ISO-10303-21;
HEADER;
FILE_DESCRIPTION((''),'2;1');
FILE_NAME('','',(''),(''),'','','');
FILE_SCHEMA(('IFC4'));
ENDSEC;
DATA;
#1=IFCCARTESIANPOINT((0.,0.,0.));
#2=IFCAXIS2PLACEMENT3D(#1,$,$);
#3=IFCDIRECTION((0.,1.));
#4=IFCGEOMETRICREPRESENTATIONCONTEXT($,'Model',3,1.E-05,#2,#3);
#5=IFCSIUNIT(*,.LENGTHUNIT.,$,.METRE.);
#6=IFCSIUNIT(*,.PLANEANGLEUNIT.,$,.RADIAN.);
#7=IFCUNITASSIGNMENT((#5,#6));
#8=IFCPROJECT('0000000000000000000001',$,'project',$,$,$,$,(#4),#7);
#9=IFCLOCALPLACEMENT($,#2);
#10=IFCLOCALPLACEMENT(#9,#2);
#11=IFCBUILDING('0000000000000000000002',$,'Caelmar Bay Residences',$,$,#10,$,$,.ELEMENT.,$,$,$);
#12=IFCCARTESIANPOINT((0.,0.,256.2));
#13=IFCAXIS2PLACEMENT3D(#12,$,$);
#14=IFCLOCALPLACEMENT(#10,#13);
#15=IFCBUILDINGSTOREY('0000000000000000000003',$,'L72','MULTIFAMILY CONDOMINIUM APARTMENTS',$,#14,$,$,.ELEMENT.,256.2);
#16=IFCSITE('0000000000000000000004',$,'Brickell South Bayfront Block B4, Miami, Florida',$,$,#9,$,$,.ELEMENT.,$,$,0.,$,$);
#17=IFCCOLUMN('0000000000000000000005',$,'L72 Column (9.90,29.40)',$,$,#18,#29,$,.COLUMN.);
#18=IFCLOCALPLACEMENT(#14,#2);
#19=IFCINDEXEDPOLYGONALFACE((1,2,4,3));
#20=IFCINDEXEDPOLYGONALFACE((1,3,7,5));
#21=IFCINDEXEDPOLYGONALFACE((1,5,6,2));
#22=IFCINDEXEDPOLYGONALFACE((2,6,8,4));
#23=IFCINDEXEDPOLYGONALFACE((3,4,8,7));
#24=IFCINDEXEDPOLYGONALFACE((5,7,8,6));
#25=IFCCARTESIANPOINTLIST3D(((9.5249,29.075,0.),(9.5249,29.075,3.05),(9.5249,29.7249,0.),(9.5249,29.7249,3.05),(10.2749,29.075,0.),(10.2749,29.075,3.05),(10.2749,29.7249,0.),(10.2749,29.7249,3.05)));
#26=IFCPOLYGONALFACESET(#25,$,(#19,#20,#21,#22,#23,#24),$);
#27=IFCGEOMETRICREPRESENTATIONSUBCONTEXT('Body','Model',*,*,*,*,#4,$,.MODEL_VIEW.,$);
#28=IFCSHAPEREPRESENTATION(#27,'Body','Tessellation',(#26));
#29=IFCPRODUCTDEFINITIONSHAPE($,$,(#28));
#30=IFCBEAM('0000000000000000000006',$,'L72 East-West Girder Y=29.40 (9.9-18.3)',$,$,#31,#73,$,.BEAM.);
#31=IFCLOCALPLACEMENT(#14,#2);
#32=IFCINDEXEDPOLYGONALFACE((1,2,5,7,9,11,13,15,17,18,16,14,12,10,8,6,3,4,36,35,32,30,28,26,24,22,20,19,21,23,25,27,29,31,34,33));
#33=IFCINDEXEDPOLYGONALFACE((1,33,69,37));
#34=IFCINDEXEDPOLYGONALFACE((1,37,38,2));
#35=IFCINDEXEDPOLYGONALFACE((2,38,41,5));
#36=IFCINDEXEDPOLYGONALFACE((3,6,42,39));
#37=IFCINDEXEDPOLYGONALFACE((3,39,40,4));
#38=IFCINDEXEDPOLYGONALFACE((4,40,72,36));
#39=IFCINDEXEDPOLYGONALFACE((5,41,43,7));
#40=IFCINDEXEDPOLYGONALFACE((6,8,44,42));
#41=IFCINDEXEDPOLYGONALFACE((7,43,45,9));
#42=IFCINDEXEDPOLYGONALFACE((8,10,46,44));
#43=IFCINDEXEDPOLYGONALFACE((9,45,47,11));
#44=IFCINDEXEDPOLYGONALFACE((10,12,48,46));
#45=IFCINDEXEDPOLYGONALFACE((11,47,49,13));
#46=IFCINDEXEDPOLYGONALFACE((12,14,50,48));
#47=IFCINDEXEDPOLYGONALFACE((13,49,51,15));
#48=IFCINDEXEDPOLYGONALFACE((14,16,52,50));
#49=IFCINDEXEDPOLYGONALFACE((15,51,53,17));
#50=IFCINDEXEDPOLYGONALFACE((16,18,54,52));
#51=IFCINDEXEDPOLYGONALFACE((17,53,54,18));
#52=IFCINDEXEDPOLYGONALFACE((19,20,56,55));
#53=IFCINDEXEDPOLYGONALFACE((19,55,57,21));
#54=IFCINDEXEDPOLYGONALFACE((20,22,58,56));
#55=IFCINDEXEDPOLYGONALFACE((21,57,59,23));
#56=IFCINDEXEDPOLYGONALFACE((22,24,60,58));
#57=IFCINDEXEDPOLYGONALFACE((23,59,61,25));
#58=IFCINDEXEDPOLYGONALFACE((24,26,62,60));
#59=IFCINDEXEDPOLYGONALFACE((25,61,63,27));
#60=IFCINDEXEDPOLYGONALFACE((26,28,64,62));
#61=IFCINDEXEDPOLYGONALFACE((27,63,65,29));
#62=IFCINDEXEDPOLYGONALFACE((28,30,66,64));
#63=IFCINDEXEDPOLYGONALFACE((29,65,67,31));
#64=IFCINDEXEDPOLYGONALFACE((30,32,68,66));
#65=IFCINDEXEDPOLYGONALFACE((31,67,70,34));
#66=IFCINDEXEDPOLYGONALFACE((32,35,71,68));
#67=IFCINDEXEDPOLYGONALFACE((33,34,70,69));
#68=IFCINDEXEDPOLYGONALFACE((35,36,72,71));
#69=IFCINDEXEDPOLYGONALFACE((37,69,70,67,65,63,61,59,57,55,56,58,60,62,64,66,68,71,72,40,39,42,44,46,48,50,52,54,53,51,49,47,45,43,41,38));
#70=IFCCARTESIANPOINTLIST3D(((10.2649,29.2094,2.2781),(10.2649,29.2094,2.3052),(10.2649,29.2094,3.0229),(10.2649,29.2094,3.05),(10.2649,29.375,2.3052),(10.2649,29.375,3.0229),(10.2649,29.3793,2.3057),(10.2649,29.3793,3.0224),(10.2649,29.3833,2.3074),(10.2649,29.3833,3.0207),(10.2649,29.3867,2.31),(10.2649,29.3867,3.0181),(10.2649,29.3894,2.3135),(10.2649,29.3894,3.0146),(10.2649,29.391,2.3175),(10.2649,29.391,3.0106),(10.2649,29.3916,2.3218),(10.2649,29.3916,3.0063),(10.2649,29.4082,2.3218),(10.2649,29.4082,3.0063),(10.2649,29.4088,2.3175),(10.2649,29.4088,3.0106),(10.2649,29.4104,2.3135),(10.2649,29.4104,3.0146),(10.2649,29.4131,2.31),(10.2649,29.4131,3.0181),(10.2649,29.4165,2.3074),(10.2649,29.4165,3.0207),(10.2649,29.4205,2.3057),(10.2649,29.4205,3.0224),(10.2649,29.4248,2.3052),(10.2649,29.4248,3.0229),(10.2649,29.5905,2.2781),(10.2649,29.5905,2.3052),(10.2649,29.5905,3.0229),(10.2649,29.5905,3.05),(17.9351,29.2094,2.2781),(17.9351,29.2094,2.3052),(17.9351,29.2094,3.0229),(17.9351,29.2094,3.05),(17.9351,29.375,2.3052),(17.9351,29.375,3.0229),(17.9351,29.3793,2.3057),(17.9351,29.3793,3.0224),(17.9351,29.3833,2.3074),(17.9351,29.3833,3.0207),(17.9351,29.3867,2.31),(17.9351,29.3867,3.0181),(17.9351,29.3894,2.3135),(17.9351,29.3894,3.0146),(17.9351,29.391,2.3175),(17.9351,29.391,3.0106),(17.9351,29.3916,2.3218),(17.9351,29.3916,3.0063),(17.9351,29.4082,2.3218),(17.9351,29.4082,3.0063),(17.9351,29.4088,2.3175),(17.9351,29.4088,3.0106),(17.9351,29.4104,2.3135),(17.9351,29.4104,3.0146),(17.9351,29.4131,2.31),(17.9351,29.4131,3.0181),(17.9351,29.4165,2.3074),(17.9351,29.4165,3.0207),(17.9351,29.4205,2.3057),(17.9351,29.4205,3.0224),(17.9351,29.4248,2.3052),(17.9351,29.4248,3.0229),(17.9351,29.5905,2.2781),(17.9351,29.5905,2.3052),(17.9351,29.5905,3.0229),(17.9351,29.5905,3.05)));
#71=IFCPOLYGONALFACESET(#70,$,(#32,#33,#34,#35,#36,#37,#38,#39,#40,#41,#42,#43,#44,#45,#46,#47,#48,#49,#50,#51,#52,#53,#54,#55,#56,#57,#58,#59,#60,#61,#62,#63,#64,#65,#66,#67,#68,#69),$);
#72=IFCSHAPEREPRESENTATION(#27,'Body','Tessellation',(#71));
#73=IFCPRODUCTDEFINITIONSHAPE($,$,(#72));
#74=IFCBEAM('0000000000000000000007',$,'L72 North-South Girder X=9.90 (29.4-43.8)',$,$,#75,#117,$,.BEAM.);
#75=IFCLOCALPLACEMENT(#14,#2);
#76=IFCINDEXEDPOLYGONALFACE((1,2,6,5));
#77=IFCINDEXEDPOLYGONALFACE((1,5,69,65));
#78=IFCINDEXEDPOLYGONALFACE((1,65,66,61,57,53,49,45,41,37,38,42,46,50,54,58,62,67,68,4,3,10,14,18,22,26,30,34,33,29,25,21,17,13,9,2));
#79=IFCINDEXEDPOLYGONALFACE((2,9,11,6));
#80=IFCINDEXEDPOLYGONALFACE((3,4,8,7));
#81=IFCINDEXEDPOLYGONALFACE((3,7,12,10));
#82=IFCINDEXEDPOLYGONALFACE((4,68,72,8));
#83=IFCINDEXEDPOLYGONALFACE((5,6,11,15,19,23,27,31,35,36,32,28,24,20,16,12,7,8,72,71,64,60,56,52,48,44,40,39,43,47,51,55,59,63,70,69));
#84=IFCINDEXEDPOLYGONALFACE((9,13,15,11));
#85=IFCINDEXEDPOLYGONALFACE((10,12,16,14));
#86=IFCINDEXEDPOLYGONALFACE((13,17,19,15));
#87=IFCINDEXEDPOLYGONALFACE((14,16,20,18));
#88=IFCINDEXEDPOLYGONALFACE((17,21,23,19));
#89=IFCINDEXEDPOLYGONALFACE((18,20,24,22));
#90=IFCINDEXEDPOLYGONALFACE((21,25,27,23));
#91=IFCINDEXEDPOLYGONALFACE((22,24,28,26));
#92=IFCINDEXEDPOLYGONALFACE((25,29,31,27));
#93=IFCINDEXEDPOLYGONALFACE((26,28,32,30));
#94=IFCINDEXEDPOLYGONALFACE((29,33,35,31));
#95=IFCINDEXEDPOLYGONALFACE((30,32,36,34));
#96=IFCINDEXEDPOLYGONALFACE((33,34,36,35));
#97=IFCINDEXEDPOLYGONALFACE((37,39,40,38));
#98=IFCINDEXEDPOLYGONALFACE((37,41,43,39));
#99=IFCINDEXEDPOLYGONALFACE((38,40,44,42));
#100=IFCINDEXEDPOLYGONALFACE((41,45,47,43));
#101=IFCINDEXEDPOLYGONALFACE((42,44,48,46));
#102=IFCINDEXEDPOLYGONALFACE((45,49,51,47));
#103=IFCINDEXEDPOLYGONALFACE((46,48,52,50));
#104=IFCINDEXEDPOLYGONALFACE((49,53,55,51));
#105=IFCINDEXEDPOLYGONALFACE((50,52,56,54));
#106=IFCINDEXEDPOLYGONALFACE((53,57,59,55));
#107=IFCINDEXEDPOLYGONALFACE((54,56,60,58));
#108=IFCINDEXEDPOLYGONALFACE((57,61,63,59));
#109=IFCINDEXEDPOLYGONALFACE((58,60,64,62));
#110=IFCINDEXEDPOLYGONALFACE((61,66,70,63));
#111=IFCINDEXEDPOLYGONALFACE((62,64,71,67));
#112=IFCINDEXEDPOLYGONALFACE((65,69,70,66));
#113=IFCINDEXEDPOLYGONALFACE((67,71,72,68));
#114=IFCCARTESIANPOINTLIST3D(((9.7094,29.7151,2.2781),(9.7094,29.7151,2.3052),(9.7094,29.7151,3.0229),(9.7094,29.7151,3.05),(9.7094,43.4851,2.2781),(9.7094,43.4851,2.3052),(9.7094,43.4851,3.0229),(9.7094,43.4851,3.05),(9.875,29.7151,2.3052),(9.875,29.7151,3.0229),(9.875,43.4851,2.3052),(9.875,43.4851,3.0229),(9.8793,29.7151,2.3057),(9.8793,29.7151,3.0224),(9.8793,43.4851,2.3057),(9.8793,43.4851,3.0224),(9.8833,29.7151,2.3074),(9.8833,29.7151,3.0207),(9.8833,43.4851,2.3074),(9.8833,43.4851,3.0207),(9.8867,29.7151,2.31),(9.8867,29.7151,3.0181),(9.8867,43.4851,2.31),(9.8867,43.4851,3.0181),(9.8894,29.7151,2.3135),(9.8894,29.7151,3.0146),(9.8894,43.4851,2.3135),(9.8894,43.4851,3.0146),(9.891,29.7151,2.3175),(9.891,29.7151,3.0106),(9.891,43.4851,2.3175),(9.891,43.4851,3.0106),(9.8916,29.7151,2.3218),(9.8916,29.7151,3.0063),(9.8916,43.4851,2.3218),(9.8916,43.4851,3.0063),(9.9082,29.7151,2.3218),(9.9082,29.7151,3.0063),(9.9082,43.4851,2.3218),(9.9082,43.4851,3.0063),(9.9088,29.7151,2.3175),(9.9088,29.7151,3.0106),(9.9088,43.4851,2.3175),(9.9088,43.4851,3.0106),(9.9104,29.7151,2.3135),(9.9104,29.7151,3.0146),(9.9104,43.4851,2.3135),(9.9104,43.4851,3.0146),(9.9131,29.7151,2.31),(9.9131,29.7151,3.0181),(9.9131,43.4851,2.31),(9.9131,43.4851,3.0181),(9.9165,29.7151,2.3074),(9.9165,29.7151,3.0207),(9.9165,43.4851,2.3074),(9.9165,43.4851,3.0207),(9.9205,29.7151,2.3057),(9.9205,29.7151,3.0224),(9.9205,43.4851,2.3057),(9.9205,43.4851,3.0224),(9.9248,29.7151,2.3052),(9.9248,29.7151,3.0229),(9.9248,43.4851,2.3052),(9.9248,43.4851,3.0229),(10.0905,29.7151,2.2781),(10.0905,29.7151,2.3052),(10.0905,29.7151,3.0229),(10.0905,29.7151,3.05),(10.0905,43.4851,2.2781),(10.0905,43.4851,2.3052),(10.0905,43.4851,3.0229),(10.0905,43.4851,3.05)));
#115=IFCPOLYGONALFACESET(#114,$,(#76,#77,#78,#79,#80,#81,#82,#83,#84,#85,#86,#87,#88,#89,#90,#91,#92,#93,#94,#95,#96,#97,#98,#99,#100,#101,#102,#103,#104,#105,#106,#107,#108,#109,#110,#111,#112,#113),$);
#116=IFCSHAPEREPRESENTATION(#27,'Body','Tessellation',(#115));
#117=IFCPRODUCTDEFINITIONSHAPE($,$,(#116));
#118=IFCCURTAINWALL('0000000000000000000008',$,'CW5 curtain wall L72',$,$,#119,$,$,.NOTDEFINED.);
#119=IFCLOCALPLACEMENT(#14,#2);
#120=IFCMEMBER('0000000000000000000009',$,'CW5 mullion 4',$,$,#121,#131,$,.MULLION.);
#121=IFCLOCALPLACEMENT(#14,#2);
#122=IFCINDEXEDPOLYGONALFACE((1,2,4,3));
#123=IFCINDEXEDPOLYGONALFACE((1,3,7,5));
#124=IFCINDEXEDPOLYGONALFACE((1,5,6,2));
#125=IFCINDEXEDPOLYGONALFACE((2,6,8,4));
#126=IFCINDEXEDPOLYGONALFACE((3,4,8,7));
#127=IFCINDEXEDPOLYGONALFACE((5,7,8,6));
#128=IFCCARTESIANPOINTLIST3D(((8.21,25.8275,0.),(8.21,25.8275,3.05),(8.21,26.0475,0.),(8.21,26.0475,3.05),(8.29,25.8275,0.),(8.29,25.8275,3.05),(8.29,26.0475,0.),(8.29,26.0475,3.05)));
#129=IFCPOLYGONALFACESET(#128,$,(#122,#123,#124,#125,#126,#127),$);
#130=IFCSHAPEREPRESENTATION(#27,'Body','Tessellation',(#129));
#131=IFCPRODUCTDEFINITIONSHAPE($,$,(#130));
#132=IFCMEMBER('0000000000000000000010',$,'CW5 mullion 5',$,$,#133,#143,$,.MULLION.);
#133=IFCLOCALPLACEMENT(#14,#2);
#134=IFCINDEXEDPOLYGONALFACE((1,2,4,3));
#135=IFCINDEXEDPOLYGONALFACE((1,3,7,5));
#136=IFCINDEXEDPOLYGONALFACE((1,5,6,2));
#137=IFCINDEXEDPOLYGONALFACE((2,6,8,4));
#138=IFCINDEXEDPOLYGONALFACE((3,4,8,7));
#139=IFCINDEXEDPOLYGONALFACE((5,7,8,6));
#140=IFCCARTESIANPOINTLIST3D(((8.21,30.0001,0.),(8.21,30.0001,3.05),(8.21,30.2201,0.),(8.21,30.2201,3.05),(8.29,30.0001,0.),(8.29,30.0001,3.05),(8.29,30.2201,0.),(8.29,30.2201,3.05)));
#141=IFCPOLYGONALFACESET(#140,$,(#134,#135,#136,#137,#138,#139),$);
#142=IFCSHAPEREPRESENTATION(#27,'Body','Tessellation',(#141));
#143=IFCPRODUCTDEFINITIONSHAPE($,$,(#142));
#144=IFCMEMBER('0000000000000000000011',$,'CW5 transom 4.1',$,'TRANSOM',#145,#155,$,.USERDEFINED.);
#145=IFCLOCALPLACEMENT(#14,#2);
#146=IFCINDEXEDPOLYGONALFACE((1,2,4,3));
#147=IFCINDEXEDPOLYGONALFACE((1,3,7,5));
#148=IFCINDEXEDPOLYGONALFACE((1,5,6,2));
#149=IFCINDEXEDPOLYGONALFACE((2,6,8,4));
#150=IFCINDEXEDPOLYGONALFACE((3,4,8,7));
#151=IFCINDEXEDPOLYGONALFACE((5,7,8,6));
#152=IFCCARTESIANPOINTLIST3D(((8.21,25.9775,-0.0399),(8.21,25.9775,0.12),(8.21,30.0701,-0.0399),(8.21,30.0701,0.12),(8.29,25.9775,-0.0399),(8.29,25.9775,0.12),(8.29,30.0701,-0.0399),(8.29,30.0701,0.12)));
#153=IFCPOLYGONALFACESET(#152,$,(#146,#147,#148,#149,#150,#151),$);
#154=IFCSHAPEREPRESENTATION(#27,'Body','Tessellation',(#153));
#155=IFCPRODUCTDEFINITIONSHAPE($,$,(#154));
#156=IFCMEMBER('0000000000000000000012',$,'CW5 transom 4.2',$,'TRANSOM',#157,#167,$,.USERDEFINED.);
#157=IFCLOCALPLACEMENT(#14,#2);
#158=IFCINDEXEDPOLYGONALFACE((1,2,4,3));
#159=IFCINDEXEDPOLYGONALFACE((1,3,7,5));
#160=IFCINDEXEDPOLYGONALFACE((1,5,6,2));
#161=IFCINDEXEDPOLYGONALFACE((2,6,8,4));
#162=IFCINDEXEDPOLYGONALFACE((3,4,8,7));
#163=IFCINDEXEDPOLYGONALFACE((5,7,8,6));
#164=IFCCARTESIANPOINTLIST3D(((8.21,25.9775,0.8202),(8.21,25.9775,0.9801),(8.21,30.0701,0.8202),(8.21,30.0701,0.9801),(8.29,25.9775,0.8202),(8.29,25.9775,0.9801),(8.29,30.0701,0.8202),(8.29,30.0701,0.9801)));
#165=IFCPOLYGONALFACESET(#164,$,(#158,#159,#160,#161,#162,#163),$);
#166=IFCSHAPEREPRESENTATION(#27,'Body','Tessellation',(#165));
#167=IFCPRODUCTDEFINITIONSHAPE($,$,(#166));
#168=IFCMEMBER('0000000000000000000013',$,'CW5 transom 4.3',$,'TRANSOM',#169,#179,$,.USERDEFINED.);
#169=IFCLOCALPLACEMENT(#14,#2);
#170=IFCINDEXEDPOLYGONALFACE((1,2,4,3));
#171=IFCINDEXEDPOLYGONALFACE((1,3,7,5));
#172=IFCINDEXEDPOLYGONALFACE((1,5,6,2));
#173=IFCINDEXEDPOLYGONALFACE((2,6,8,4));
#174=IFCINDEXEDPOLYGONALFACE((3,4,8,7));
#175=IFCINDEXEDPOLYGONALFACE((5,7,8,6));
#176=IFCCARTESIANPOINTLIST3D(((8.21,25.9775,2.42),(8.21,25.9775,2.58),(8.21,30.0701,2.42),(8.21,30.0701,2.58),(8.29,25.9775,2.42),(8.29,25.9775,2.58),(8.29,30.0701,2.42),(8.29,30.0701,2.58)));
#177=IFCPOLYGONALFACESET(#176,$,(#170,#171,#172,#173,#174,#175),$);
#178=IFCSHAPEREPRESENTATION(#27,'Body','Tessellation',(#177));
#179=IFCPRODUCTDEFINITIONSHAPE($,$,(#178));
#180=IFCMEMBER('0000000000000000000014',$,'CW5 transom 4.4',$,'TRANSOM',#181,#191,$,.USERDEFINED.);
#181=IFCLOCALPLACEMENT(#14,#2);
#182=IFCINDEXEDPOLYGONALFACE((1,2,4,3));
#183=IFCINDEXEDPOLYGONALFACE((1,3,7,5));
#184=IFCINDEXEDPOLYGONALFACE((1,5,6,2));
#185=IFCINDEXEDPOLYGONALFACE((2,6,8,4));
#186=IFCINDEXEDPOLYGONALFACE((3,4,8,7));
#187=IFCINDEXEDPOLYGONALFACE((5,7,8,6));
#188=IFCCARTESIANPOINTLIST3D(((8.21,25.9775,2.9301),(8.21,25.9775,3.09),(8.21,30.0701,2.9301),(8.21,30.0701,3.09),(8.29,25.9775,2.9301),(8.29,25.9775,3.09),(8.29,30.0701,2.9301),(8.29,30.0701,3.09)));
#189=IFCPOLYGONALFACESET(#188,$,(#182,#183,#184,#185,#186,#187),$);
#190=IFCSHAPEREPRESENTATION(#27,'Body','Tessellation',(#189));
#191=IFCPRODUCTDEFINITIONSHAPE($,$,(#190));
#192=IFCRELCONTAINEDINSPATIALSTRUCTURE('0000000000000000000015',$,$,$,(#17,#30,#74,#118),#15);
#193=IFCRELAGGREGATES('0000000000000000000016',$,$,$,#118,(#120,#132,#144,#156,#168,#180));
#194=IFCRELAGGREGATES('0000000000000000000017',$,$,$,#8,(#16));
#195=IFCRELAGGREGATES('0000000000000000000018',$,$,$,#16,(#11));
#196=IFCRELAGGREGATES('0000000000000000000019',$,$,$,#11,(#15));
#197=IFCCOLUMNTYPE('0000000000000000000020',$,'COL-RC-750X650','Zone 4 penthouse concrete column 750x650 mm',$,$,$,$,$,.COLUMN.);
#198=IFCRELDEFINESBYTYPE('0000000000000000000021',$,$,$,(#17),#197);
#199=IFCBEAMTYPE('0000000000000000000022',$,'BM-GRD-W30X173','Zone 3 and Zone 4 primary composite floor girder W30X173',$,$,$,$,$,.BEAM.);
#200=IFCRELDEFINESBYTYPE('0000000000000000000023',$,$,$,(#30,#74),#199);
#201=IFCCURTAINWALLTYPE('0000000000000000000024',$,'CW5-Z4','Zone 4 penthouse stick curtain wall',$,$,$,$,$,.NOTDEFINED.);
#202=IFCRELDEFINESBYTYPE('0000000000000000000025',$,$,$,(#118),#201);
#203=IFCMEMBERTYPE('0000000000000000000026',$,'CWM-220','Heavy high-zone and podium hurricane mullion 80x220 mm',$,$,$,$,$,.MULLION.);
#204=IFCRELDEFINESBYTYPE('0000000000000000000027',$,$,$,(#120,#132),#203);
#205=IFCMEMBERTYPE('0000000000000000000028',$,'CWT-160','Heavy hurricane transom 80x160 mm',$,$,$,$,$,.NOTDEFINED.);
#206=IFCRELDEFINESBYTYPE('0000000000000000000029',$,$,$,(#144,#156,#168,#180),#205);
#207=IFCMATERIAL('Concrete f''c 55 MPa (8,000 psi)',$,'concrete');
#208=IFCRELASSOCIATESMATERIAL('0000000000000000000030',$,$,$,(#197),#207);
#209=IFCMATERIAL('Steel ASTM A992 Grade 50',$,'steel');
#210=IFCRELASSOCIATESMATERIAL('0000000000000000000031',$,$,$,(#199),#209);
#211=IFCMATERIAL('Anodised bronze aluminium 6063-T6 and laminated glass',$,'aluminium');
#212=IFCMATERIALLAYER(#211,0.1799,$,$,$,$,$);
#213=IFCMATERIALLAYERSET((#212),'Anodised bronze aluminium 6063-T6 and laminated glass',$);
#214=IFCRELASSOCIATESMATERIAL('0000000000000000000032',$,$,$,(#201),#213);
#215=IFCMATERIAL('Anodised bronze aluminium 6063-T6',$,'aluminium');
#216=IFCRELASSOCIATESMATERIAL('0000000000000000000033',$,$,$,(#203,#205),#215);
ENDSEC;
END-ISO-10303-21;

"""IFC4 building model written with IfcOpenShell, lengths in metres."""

from ifc_helpers import new_model, si_unit, direction, frame, origin, origin_2d, place, context, subcontext, project, spatial, rectangle, i_section, extrude, material, layer, layer_set, material_profile, profile_set, type_object, element, aggregate, save


model = new_model("IFC4")

# Units and contexts
model_context = context("Model", 3, precision=1e-05, world=origin(), true_north=direction((0.0, 1.0)))
body_context = subcontext(model_context, "Body", "Model", "MODEL_VIEW")
ifc_project = project(units=[si_unit("LENGTHUNIT", "METRE"), si_unit("PLANEANGLEUNIT", "RADIAN")], contexts=[model_context])

# Site, building, storey
site_placement = place(None, origin())
site = spatial("IfcSite", under=ifc_project, at=site_placement, Name="Brickell South Bayfront Block B4, Miami, Florida", CompositionType="ELEMENT", RefElevation=0.0)
building_placement = place(site_placement, origin())
building = spatial("IfcBuilding", under=site, at=building_placement, Name="Caelmar Bay Residences", CompositionType="ELEMENT")
storey_placement = place(building_placement, frame((0.0, 0.0, 256.2)))
storey = spatial("IfcBuildingStorey", under=building, at=storey_placement, Name="L72", Description="MULTIFAMILY CONDOMINIUM APARTMENTS", CompositionType="ELEMENT", Elevation=256.2)

# Column
ifc_material_1 = material(Name="Concrete f'c 55 MPa (8,000 psi)", Category="concrete")
ifc_material_profile_1 = material_profile(ifc_material_1, rectangle(XDim=0.75, YDim=0.6499, at=origin_2d()), Name="RC-COL-750X650")
ifc_profile_set_1 = profile_set([ifc_material_profile_1], Name="Concrete f'c 55 MPa (8,000 psi)")
column_type = type_object("IfcColumnType", Name="COL-RC-750X650", Description="Zone 4 penthouse concrete column 750x650 mm", PredefinedType="COLUMN", material=ifc_profile_set_1)
column_placement = place(storey_placement, frame((9.8999, 29.3999, 0.0), z_axis=(0.0, 0.0, 1.0), x_axis=(1.0, 0.0, 0.0)))
element("IfcColumn", 1, at=column_placement, inside=storey, type_object=column_type, Name="L72 Column (9.90,29.40)", PredefinedType="COLUMN", context=body_context, shape_type="SweptSolid", body=[
    extrude(rectangle(XDim=0.75, YDim=0.6499, at=origin_2d()), origin(), (0.0, 0.0, 1.0), 3.05),
])

# Beams
ifc_material_2 = material(Name="Steel ASTM A992 Grade 50", Category="steel")
ifc_material_profile_2 = material_profile(ifc_material_2, i_section(OverallWidth=0.3811, OverallDepth=0.772, WebThickness=0.0166, FlangeThickness=0.0271, FilletRadius=0.0166, at=origin_2d()), Name="W30X173")
ifc_profile_set_2 = profile_set([ifc_material_profile_2], Name="Steel ASTM A992 Grade 50")
beam_type = type_object("IfcBeamType", Name="BM-GRD-W30X173", Description="Zone 3 and Zone 4 primary composite floor girder W30X173", PredefinedType="BEAM", material=ifc_profile_set_2)
beam_1_placement = place(storey_placement, frame((10.2649, 29.3999, 2.6641), z_axis=(1.0, 0.0, 0.0), x_axis=(0.0, 1.0, 0.0)))
element("IfcBeam", 2, at=beam_1_placement, inside=storey, type_object=beam_type, Name="L72 East-West Girder Y=29.40 (9.9-18.3)", PredefinedType="BEAM", context=body_context, shape_type="SweptSolid", body=[
    extrude(i_section(OverallWidth=0.3811, OverallDepth=0.772, WebThickness=0.0166, FlangeThickness=0.0271, FilletRadius=0.0166, at=origin_2d()), origin(), (0.0, 0.0, 1.0), 7.6702),
])
beam_2_placement = place(storey_placement, frame((9.8999, 29.7151, 2.6641), z_axis=(0.0, 1.0, 0.0), x_axis=(-1.0, 0.0, 0.0)))
element("IfcBeam", 3, at=beam_2_placement, inside=storey, type_object=beam_type, Name="L72 North-South Girder X=9.90 (29.4-43.8)", PredefinedType="BEAM", context=body_context, shape_type="SweptSolid", body=[
    extrude(i_section(OverallWidth=0.3811, OverallDepth=0.772, WebThickness=0.0166, FlangeThickness=0.0271, FilletRadius=0.0166, at=origin_2d()), origin(), (0.0, 0.0, 1.0), 13.77),
])

# Curtain wall, members
ifc_material_3 = material(Name="Anodised bronze aluminium 6063-T6 and laminated glass", Category="aluminium")
ifc_layer_1 = layer(ifc_material_3, 0.1799)
ifc_layer_set_1 = layer_set([ifc_layer_1], Name="Anodised bronze aluminium 6063-T6 and laminated glass")
curtain_wall_type = type_object("IfcCurtainWallType", Name="CW5-Z4", Description="Zone 4 penthouse stick curtain wall", PredefinedType="NOTDEFINED", material=ifc_layer_set_1)
curtain_wall_placement = place(storey_placement, origin())
curtain_wall = element("IfcCurtainWall", 4, at=curtain_wall_placement, inside=storey, type_object=curtain_wall_type, Name="CW5 curtain wall L72", PredefinedType="NOTDEFINED")
ifc_material_4 = material(Name="Anodised bronze aluminium 6063-T6", Category="aluminium")
ifc_material_profile_3 = material_profile(ifc_material_4, rectangle(XDim=0.0801, YDim=0.22, at=origin_2d()), Name="CWM-80X220")
ifc_profile_set_3 = profile_set([ifc_material_profile_3], Name="Anodised bronze aluminium 6063-T6")
member_type_1 = type_object("IfcMemberType", Name="CWM-220", Description="Heavy high-zone and podium hurricane mullion 80x220 mm", PredefinedType="MULLION", material=ifc_profile_set_3)
member_1_placement = place(storey_placement, frame((8.25, 25.9375, 0.0), z_axis=(0.0, 0.0, 1.0), x_axis=(-1.0, 0.0, 0.0)))
member_1 = element("IfcMember", 5, at=member_1_placement, type_object=member_type_1, Name="CW5 mullion 4", PredefinedType="MULLION", context=body_context, shape_type="SweptSolid", body=[
    extrude(rectangle(XDim=0.0801, YDim=0.22, at=origin_2d()), origin(), (0.0, 0.0, 1.0), 3.05),
])
member_2_placement = place(storey_placement, frame((8.25, 30.1101, 0.0), z_axis=(0.0, 0.0, 1.0), x_axis=(-1.0, 0.0, 0.0)))
member_2 = element("IfcMember", 6, at=member_2_placement, type_object=member_type_1, Name="CW5 mullion 5", PredefinedType="MULLION", context=body_context, shape_type="SweptSolid", body=[
    extrude(rectangle(XDim=0.0801, YDim=0.22, at=origin_2d()), origin(), (0.0, 0.0, 1.0), 3.05),
])
ifc_material_profile_4 = material_profile(ifc_material_4, rectangle(XDim=0.0801, YDim=0.1599, at=origin_2d()), Name="CWT-80X160")
ifc_profile_set_4 = profile_set([ifc_material_profile_4], Name="Anodised bronze aluminium 6063-T6")
member_type_2 = type_object("IfcMemberType", Name="CWT-160", Description="Heavy hurricane transom 80x160 mm", PredefinedType="NOTDEFINED", material=ifc_profile_set_4)
member_3_placement = place(storey_placement, frame((8.25, 25.9775, 0.04), z_axis=(0.0, 1.0, 0.0), x_axis=(-1.0, 0.0, 0.0)))
member_3 = element("IfcMember", 7, at=member_3_placement, type_object=member_type_2, Name="CW5 transom 4.1", ObjectType="TRANSOM", PredefinedType="USERDEFINED", context=body_context, shape_type="SweptSolid", body=[
    extrude(rectangle(XDim=0.0801, YDim=0.1599, at=origin_2d()), origin(), (0.0, 0.0, 1.0), 4.0925),
])
member_4_placement = place(storey_placement, frame((8.25, 25.9775, 0.9001), z_axis=(0.0, 1.0, 0.0), x_axis=(-1.0, 0.0, 0.0)))
member_4 = element("IfcMember", 8, at=member_4_placement, type_object=member_type_2, Name="CW5 transom 4.2", ObjectType="TRANSOM", PredefinedType="USERDEFINED", context=body_context, shape_type="SweptSolid", body=[
    extrude(rectangle(XDim=0.0801, YDim=0.1599, at=origin_2d()), origin(), (0.0, 0.0, 1.0), 4.0925),
])
member_5_placement = place(storey_placement, frame((8.25, 25.9775, 2.5), z_axis=(0.0, 1.0, 0.0), x_axis=(-1.0, 0.0, 0.0)))
member_5 = element("IfcMember", 9, at=member_5_placement, type_object=member_type_2, Name="CW5 transom 4.3", ObjectType="TRANSOM", PredefinedType="USERDEFINED", context=body_context, shape_type="SweptSolid", body=[
    extrude(rectangle(XDim=0.0801, YDim=0.1599, at=origin_2d()), origin(), (0.0, 0.0, 1.0), 4.0925),
])
member_6_placement = place(storey_placement, frame((8.25, 25.9775, 3.01), z_axis=(0.0, 1.0, 0.0), x_axis=(-1.0, 0.0, 0.0)))
member_6 = element("IfcMember", 10, at=member_6_placement, type_object=member_type_2, Name="CW5 transom 4.4", ObjectType="TRANSOM", PredefinedType="USERDEFINED", context=body_context, shape_type="SweptSolid", body=[
    extrude(rectangle(XDim=0.0801, YDim=0.1599, at=origin_2d()), origin(), (0.0, 0.0, 1.0), 4.0925),
])
aggregate(curtain_wall, [member_1, member_2, member_3, member_4, member_5, member_6])

save(model, "model.ifc")
